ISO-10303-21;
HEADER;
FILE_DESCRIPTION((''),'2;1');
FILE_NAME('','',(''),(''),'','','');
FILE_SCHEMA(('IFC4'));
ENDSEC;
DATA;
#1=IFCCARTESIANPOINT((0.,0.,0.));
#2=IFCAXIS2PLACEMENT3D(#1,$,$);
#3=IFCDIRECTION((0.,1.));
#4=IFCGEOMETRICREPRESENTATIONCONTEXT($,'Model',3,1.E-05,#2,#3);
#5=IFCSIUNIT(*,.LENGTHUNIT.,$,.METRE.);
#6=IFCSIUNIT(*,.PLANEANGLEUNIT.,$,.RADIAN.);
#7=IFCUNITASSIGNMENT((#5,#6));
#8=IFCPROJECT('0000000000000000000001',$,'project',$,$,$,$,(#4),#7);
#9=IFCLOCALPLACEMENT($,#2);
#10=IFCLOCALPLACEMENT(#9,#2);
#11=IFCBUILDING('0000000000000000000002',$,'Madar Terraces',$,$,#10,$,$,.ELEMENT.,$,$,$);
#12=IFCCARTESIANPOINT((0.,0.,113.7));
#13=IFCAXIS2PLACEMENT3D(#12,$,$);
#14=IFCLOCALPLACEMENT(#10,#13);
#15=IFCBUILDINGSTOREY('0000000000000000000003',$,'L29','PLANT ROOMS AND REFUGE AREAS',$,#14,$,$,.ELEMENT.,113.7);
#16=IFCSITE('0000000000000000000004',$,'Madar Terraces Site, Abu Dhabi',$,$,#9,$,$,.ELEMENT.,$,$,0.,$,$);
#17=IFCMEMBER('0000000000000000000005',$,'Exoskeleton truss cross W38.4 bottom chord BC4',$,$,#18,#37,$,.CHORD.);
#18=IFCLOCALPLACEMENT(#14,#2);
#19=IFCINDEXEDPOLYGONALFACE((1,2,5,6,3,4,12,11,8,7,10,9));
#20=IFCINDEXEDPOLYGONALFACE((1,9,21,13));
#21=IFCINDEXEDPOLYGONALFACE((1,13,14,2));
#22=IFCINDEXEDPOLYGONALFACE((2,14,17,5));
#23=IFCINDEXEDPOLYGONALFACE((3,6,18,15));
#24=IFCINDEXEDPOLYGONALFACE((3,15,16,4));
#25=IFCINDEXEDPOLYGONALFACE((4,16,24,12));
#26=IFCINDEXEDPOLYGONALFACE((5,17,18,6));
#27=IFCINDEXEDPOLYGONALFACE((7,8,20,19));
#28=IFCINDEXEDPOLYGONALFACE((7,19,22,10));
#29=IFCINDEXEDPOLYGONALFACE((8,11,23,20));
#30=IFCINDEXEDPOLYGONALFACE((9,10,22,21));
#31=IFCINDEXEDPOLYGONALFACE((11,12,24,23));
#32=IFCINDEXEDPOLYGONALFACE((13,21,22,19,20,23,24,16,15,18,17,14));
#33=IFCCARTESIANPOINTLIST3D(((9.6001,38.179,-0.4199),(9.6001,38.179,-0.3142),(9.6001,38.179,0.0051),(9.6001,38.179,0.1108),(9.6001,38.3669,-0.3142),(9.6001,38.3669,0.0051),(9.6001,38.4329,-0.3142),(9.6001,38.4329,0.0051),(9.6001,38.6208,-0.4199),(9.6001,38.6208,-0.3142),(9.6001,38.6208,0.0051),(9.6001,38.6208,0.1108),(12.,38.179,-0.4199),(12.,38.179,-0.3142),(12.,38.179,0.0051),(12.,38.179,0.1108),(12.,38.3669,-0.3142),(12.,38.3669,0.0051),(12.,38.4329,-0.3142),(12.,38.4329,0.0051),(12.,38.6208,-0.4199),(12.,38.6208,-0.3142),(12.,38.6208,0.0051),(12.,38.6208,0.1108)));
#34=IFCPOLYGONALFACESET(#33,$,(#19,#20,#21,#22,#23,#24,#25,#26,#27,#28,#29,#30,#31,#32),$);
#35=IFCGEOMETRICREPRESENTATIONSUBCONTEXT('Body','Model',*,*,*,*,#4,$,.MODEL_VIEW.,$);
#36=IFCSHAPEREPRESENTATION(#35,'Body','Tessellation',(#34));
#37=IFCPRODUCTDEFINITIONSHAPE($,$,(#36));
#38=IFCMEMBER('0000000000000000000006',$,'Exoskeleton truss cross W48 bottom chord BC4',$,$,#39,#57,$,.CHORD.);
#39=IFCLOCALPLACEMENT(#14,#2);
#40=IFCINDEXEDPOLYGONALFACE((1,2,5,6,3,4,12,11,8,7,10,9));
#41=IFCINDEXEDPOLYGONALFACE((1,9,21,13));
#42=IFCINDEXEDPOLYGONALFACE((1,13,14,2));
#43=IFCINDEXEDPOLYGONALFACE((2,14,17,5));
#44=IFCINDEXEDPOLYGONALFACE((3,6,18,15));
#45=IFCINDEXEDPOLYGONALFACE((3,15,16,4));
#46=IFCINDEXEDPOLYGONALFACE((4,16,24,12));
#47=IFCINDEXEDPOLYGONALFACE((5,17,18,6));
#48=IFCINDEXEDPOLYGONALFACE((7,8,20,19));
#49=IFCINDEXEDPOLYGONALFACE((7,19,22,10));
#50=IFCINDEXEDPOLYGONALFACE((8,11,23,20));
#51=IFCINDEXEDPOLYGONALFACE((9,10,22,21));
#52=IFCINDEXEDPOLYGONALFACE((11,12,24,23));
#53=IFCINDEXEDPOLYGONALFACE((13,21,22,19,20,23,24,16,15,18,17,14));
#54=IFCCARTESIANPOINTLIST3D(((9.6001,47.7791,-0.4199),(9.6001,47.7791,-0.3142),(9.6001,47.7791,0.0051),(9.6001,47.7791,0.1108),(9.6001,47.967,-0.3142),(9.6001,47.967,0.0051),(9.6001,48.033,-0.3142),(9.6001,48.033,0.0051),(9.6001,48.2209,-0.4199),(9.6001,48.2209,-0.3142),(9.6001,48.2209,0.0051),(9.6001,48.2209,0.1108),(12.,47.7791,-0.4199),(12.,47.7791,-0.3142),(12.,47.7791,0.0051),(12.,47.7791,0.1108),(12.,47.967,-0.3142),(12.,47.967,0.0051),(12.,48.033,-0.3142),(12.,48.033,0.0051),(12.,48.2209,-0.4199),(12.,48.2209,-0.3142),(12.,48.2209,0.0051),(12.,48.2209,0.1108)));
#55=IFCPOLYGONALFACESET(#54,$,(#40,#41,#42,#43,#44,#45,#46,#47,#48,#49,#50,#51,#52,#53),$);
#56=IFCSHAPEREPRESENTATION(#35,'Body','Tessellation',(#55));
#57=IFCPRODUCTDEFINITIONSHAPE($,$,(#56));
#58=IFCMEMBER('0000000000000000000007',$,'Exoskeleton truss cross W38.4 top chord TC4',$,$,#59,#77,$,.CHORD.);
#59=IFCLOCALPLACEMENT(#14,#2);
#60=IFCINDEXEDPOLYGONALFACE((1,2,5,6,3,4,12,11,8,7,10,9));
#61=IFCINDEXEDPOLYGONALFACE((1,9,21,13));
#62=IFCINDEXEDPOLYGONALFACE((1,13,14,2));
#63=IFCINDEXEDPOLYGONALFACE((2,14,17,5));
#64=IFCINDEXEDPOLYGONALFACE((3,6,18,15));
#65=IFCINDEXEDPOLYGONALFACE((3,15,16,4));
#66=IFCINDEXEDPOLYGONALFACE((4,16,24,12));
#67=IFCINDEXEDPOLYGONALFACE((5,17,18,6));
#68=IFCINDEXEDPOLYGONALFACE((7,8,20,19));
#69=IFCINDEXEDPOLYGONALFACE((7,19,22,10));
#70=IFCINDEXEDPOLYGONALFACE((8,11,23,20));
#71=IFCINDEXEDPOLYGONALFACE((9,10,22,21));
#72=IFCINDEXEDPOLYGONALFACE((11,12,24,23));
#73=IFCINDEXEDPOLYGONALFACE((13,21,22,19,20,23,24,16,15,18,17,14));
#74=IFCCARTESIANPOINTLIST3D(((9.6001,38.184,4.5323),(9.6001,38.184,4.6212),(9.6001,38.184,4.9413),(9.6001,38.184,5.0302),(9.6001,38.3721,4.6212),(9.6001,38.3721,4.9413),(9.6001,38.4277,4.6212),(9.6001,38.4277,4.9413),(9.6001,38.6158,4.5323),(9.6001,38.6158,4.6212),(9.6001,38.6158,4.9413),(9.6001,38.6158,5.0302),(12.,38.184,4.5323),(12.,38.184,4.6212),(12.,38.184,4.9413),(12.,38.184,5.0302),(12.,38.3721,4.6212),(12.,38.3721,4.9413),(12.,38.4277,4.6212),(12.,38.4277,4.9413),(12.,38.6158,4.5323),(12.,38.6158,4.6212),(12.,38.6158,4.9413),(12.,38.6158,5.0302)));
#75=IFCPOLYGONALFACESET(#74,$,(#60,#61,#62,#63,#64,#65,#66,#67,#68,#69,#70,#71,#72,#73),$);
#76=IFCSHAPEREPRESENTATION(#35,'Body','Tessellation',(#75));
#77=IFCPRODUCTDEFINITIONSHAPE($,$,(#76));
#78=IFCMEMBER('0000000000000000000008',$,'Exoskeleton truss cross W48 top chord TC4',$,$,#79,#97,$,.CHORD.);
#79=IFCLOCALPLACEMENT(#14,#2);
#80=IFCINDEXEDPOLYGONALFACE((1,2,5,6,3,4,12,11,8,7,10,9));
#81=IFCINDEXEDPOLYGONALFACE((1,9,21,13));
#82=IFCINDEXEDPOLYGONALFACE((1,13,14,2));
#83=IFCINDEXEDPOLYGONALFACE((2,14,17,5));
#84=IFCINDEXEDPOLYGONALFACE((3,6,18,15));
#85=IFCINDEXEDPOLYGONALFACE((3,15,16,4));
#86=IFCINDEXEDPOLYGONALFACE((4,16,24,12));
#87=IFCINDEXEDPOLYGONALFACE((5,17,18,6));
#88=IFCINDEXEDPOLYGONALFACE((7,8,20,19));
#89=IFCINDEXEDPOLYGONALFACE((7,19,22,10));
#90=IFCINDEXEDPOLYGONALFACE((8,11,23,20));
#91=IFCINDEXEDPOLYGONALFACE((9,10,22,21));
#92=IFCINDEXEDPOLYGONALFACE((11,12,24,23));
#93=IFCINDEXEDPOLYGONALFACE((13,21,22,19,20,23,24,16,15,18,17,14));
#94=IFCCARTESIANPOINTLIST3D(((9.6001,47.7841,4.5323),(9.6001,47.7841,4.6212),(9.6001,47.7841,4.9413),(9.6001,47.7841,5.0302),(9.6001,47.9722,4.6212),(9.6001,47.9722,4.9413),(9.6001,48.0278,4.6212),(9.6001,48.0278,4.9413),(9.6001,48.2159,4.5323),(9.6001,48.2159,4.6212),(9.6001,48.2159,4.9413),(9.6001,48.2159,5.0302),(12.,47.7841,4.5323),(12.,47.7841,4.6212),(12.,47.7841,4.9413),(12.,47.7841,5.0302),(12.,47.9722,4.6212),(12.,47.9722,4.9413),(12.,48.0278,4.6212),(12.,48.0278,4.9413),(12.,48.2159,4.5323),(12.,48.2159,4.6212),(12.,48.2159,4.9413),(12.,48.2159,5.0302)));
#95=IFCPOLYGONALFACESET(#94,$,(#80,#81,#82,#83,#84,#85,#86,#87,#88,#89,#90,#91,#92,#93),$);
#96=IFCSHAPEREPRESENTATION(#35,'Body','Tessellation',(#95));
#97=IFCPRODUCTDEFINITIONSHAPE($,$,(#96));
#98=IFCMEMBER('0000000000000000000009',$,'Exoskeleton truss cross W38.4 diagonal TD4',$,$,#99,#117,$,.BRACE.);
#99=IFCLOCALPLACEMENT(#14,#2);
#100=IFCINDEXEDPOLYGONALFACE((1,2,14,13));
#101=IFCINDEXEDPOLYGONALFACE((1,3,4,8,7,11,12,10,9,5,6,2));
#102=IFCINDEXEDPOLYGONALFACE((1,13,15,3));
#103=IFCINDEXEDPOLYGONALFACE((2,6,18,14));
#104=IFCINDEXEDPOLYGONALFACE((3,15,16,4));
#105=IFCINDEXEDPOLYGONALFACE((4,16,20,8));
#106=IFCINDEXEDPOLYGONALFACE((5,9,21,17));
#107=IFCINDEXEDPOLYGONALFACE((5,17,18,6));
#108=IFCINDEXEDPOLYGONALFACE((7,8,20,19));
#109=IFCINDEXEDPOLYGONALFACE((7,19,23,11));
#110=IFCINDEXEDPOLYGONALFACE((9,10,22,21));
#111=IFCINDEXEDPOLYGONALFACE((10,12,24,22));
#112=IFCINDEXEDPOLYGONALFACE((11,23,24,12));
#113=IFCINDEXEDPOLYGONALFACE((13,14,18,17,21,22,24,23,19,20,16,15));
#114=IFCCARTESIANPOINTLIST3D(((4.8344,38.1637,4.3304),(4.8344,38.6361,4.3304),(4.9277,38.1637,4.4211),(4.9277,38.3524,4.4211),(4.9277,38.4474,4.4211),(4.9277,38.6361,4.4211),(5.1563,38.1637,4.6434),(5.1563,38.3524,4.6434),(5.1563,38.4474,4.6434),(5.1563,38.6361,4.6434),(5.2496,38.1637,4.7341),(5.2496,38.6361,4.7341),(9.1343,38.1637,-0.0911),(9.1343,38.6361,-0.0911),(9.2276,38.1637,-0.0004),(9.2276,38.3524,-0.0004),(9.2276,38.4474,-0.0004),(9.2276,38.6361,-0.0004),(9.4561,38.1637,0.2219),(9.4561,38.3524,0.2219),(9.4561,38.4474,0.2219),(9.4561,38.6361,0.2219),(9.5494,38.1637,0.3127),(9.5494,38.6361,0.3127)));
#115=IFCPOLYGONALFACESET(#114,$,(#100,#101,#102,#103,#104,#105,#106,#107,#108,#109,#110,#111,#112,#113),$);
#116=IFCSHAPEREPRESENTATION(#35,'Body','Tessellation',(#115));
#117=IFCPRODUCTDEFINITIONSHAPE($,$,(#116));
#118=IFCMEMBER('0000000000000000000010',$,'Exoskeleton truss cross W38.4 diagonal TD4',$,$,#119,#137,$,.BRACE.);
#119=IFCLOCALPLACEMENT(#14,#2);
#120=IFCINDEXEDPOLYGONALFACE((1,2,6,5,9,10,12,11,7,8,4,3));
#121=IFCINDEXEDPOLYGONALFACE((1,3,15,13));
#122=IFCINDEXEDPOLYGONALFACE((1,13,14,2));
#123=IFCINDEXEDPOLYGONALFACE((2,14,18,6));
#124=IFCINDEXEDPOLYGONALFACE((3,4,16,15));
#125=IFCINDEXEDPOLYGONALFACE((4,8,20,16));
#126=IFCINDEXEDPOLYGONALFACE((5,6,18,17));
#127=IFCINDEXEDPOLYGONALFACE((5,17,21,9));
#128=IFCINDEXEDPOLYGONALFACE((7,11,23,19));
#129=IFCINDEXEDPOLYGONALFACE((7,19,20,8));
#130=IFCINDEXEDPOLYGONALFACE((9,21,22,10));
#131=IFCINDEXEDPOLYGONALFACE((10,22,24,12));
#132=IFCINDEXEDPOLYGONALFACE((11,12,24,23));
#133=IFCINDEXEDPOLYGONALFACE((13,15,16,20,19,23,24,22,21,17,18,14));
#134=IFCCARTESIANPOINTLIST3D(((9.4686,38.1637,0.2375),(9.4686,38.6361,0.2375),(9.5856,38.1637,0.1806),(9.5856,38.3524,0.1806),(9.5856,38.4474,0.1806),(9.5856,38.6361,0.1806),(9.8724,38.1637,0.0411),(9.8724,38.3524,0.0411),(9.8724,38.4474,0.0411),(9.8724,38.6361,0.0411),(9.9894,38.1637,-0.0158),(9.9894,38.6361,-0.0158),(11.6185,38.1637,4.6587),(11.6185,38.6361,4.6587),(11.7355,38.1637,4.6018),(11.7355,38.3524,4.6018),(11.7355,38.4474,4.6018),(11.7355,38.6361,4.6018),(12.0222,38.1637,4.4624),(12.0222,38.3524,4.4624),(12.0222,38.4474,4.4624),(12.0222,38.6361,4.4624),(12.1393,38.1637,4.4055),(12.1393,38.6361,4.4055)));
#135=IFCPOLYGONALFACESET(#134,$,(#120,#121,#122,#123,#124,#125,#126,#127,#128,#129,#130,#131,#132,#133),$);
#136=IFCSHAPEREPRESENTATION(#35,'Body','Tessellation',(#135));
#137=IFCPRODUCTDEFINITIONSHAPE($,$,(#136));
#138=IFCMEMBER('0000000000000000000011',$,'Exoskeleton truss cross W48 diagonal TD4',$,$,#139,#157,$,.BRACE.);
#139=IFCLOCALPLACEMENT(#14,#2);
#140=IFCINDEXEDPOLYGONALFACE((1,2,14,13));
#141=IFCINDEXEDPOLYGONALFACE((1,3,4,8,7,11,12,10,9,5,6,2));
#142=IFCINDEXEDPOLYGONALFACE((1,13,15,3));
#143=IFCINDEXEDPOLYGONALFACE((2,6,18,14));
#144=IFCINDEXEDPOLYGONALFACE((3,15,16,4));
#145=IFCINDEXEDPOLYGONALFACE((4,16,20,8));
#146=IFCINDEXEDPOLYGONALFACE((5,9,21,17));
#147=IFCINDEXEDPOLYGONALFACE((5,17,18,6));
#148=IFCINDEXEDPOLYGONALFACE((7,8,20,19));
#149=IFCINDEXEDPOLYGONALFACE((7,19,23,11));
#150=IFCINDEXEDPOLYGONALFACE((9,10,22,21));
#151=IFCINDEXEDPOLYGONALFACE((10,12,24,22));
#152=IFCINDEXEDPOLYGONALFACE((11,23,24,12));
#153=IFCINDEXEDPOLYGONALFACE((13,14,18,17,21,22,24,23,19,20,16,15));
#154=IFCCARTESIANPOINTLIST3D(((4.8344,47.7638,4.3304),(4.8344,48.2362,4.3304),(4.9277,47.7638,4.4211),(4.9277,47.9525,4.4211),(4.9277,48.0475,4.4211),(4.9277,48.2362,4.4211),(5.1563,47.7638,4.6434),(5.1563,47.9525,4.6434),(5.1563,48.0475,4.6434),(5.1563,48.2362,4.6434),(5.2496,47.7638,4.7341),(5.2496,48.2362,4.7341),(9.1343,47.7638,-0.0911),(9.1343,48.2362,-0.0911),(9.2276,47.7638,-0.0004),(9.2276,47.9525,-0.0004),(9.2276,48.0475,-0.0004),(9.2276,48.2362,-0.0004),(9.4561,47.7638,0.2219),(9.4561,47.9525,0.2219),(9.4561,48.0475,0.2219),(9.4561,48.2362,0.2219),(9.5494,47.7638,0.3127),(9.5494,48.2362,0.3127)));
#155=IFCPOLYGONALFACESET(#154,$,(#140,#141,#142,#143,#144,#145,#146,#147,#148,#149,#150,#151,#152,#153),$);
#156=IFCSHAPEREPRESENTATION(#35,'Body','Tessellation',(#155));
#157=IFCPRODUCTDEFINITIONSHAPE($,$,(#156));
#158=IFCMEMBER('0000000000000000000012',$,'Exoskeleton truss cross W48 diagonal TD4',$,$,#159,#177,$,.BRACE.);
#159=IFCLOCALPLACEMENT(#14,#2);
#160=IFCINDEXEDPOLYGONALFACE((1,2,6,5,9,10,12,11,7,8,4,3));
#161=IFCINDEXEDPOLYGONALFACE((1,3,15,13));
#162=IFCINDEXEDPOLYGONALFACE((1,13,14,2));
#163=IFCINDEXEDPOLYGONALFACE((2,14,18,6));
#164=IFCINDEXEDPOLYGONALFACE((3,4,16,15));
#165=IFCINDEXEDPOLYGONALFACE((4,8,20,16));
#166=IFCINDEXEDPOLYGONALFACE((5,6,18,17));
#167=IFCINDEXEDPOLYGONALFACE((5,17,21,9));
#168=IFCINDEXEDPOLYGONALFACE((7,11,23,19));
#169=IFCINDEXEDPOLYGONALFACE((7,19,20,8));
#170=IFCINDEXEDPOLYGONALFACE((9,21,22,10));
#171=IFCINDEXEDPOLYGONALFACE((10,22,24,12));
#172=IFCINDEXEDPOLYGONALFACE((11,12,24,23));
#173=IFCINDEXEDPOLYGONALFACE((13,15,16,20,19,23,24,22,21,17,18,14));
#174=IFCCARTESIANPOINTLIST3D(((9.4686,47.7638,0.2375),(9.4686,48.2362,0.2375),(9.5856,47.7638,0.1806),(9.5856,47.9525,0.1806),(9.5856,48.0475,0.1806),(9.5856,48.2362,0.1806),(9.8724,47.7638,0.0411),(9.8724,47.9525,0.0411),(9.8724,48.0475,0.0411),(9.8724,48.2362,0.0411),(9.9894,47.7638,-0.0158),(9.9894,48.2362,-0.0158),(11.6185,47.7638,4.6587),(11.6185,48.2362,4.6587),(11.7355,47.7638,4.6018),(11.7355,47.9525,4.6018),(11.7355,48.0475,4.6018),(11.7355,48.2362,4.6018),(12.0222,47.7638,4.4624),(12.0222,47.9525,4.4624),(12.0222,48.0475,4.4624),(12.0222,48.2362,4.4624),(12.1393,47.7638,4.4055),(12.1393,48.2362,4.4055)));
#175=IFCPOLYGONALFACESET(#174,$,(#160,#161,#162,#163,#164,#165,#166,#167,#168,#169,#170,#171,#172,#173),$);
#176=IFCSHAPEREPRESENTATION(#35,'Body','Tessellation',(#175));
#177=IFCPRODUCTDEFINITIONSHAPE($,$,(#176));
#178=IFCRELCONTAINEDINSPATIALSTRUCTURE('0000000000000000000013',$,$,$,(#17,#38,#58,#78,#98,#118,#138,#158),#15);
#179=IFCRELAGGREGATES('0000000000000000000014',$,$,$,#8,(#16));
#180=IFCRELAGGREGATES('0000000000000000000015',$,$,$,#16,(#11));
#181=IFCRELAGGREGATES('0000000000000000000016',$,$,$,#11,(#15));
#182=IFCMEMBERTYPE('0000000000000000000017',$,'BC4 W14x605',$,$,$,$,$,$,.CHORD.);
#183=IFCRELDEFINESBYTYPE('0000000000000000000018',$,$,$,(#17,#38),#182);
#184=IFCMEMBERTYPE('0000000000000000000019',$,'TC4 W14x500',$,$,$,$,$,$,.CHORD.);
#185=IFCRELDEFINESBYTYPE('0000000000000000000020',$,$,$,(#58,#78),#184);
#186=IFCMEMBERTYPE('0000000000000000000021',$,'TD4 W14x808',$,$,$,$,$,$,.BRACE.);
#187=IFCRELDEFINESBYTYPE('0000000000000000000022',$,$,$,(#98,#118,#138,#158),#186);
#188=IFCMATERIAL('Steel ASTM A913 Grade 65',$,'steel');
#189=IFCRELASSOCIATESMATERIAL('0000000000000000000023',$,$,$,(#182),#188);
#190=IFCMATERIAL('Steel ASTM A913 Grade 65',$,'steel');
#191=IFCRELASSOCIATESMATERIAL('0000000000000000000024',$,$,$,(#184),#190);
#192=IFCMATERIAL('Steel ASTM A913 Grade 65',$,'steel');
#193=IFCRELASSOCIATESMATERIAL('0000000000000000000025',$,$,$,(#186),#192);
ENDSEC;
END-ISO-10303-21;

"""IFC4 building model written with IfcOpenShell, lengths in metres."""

from ifc_helpers import new_model, si_unit, direction, frame, origin, origin_2d, place, context, subcontext, project, spatial, i_section, extrude, material, material_profile, profile_set, type_object, element, save


model = new_model("IFC4")

# Units and contexts
model_context = context("Model", 3, precision=1e-05, world=origin(), true_north=direction((0.0, 1.0)))
body_context = subcontext(model_context, "Body", "Model", "MODEL_VIEW")
ifc_project = project(units=[si_unit("LENGTHUNIT", "METRE"), si_unit("PLANEANGLEUNIT", "RADIAN")], contexts=[model_context])

# Site, building, storey
site_placement = place(None, origin())
site = spatial("IfcSite", under=ifc_project, at=site_placement, Name="Madar Terraces Site, Abu Dhabi", CompositionType="ELEMENT", RefElevation=0.0)
building_placement = place(site_placement, origin())
building = spatial("IfcBuilding", under=site, at=building_placement, Name="Madar Terraces", CompositionType="ELEMENT")
storey_placement = place(building_placement, frame((0.0, 0.0, 113.7)))
storey = spatial("IfcBuildingStorey", under=building, at=storey_placement, Name="L29", Description="PLANT ROOMS AND REFUGE AREAS", CompositionType="ELEMENT", Elevation=113.7)

# Members
ifc_material_1 = material(Name="Steel ASTM A913 Grade 65", Category="steel")
ifc_material_profile_1 = material_profile(ifc_material_1, i_section(OverallWidth=0.4419, OverallDepth=0.5308, WebThickness=0.0659, FlangeThickness=0.1057, at=origin_2d()), Name="W14x605")
ifc_profile_set_1 = profile_set([ifc_material_profile_1], Name="Steel ASTM A913 Grade 65")
member_type_1 = type_object("IfcMemberType", Name="BC4 W14x605", PredefinedType="CHORD", material=ifc_profile_set_1)
for number, where, z_axis, x_axis, name in (
    (1, (9.6001, 38.3999, -0.1545), (1.0, 0.0, 0.0), (0.0, 1.0, 0.0), "Exoskeleton truss cross W38.4 bottom chord BC4"),
    (2, (9.6001, 48.0, -0.1545), (1.0, 0.0, 0.0), (0.0, 1.0, 0.0), "Exoskeleton truss cross W48 bottom chord BC4"),
):
    element("IfcMember", number, at=place(storey_placement, frame(where, z_axis=z_axis, x_axis=x_axis)), inside=storey, type_object=member_type_1, Name=name, PredefinedType="CHORD", context=body_context, shape_type="SweptSolid", body=[
        extrude(i_section(OverallWidth=0.4419, OverallDepth=0.5308, WebThickness=0.0659, FlangeThickness=0.1057, at=origin_2d()), origin(), (0.0, 0.0, 1.0), 2.3999),
    ])
ifc_material_2 = material(Name="Steel ASTM A913 Grade 65", Category="steel")
ifc_material_profile_2 = material_profile(ifc_material_2, i_section(OverallWidth=0.4319, OverallDepth=0.4978, WebThickness=0.0557, FlangeThickness=0.0889, at=origin_2d()), Name="W14x500")
ifc_profile_set_2 = profile_set([ifc_material_profile_2], Name="Steel ASTM A913 Grade 65")
member_type_2 = type_object("IfcMemberType", Name="TC4 W14x500", PredefinedType="CHORD", material=ifc_profile_set_2)
for number, where, z_axis, x_axis, name in (
    (3, (9.6001, 38.3999, 4.7812), (1.0, 0.0, 0.0), (0.0, 1.0, 0.0), "Exoskeleton truss cross W38.4 top chord TC4"),
    (4, (9.6001, 48.0, 4.7812), (1.0, 0.0, 0.0), (0.0, 1.0, 0.0), "Exoskeleton truss cross W48 top chord TC4"),
):
    element("IfcMember", number, at=place(storey_placement, frame(where, z_axis=z_axis, x_axis=x_axis)), inside=storey, type_object=member_type_2, Name=name, PredefinedType="CHORD", context=body_context, shape_type="SweptSolid", body=[
        extrude(i_section(OverallWidth=0.4319, OverallDepth=0.4978, WebThickness=0.0557, FlangeThickness=0.0889, at=origin_2d()), origin(), (0.0, 0.0, 1.0), 2.3999),
    ])
ifc_material_3 = material(Name="Steel ASTM A913 Grade 65", Category="steel")
ifc_material_profile_3 = material_profile(ifc_material_3, i_section(OverallWidth=0.4724, OverallDepth=0.5791, WebThickness=0.095, FlangeThickness=0.1301, at=origin_2d()), Name="W14x808")
ifc_profile_set_3 = profile_set([ifc_material_profile_3], Name="Steel ASTM A913 Grade 65")
member_type_3 = type_object("IfcMemberType", Name="TD4 W14x808", PredefinedType="BRACE", material=ifc_profile_set_3)
member_1_placement = place(storey_placement, frame((5.042, 38.3999, 4.5322), z_axis=(0.697181, 0.0, -0.716895), x_axis=(0.0, 1.0, 0.0)))
element("IfcMember", 5, at=member_1_placement, inside=storey, type_object=member_type_3, Name="Exoskeleton truss cross W38.4 diagonal TD4", PredefinedType="BRACE", context=body_context, shape_type="SweptSolid", body=[
    extrude(i_section(OverallWidth=0.4724, OverallDepth=0.5791, WebThickness=0.095, FlangeThickness=0.1301, at=origin_2d()), origin(), (0.0, 0.0, 1.0), 6.1675),
])
member_2_placement = place(storey_placement, frame((9.729, 38.3999, 0.1108), z_axis=(0.437294, 0.0, 0.899318), x_axis=(0.0, 1.0, 0.0)))
element("IfcMember", 6, at=member_2_placement, inside=storey, type_object=member_type_3, Name="Exoskeleton truss cross W38.4 diagonal TD4", PredefinedType="BRACE", context=body_context, shape_type="SweptSolid", body=[
    extrude(i_section(OverallWidth=0.4724, OverallDepth=0.5791, WebThickness=0.095, FlangeThickness=0.1301, at=origin_2d()), origin(), (0.0, 0.0, 1.0), 4.9163),
])
member_3_placement = place(storey_placement, frame((5.042, 48.0, 4.5322), z_axis=(0.697181, 0.0, -0.716895), x_axis=(0.0, 1.0, 0.0)))
element("IfcMember", 7, at=member_3_placement, inside=storey, type_object=member_type_3, Name="Exoskeleton truss cross W48 diagonal TD4", PredefinedType="BRACE", context=body_context, shape_type="SweptSolid", body=[
    extrude(i_section(OverallWidth=0.4724, OverallDepth=0.5791, WebThickness=0.095, FlangeThickness=0.1301, at=origin_2d()), origin(), (0.0, 0.0, 1.0), 6.1675),
])
member_4_placement = place(storey_placement, frame((9.729, 48.0, 0.1108), z_axis=(0.437294, 0.0, 0.899318), x_axis=(0.0, 1.0, 0.0)))
element("IfcMember", 8, at=member_4_placement, inside=storey, type_object=member_type_3, Name="Exoskeleton truss cross W48 diagonal TD4", PredefinedType="BRACE", context=body_context, shape_type="SweptSolid", body=[
    extrude(i_section(OverallWidth=0.4724, OverallDepth=0.5791, WebThickness=0.095, FlangeThickness=0.1301, at=origin_2d()), origin(), (0.0, 0.0, 1.0), 4.9163),
])

save(model, "model.ifc")
